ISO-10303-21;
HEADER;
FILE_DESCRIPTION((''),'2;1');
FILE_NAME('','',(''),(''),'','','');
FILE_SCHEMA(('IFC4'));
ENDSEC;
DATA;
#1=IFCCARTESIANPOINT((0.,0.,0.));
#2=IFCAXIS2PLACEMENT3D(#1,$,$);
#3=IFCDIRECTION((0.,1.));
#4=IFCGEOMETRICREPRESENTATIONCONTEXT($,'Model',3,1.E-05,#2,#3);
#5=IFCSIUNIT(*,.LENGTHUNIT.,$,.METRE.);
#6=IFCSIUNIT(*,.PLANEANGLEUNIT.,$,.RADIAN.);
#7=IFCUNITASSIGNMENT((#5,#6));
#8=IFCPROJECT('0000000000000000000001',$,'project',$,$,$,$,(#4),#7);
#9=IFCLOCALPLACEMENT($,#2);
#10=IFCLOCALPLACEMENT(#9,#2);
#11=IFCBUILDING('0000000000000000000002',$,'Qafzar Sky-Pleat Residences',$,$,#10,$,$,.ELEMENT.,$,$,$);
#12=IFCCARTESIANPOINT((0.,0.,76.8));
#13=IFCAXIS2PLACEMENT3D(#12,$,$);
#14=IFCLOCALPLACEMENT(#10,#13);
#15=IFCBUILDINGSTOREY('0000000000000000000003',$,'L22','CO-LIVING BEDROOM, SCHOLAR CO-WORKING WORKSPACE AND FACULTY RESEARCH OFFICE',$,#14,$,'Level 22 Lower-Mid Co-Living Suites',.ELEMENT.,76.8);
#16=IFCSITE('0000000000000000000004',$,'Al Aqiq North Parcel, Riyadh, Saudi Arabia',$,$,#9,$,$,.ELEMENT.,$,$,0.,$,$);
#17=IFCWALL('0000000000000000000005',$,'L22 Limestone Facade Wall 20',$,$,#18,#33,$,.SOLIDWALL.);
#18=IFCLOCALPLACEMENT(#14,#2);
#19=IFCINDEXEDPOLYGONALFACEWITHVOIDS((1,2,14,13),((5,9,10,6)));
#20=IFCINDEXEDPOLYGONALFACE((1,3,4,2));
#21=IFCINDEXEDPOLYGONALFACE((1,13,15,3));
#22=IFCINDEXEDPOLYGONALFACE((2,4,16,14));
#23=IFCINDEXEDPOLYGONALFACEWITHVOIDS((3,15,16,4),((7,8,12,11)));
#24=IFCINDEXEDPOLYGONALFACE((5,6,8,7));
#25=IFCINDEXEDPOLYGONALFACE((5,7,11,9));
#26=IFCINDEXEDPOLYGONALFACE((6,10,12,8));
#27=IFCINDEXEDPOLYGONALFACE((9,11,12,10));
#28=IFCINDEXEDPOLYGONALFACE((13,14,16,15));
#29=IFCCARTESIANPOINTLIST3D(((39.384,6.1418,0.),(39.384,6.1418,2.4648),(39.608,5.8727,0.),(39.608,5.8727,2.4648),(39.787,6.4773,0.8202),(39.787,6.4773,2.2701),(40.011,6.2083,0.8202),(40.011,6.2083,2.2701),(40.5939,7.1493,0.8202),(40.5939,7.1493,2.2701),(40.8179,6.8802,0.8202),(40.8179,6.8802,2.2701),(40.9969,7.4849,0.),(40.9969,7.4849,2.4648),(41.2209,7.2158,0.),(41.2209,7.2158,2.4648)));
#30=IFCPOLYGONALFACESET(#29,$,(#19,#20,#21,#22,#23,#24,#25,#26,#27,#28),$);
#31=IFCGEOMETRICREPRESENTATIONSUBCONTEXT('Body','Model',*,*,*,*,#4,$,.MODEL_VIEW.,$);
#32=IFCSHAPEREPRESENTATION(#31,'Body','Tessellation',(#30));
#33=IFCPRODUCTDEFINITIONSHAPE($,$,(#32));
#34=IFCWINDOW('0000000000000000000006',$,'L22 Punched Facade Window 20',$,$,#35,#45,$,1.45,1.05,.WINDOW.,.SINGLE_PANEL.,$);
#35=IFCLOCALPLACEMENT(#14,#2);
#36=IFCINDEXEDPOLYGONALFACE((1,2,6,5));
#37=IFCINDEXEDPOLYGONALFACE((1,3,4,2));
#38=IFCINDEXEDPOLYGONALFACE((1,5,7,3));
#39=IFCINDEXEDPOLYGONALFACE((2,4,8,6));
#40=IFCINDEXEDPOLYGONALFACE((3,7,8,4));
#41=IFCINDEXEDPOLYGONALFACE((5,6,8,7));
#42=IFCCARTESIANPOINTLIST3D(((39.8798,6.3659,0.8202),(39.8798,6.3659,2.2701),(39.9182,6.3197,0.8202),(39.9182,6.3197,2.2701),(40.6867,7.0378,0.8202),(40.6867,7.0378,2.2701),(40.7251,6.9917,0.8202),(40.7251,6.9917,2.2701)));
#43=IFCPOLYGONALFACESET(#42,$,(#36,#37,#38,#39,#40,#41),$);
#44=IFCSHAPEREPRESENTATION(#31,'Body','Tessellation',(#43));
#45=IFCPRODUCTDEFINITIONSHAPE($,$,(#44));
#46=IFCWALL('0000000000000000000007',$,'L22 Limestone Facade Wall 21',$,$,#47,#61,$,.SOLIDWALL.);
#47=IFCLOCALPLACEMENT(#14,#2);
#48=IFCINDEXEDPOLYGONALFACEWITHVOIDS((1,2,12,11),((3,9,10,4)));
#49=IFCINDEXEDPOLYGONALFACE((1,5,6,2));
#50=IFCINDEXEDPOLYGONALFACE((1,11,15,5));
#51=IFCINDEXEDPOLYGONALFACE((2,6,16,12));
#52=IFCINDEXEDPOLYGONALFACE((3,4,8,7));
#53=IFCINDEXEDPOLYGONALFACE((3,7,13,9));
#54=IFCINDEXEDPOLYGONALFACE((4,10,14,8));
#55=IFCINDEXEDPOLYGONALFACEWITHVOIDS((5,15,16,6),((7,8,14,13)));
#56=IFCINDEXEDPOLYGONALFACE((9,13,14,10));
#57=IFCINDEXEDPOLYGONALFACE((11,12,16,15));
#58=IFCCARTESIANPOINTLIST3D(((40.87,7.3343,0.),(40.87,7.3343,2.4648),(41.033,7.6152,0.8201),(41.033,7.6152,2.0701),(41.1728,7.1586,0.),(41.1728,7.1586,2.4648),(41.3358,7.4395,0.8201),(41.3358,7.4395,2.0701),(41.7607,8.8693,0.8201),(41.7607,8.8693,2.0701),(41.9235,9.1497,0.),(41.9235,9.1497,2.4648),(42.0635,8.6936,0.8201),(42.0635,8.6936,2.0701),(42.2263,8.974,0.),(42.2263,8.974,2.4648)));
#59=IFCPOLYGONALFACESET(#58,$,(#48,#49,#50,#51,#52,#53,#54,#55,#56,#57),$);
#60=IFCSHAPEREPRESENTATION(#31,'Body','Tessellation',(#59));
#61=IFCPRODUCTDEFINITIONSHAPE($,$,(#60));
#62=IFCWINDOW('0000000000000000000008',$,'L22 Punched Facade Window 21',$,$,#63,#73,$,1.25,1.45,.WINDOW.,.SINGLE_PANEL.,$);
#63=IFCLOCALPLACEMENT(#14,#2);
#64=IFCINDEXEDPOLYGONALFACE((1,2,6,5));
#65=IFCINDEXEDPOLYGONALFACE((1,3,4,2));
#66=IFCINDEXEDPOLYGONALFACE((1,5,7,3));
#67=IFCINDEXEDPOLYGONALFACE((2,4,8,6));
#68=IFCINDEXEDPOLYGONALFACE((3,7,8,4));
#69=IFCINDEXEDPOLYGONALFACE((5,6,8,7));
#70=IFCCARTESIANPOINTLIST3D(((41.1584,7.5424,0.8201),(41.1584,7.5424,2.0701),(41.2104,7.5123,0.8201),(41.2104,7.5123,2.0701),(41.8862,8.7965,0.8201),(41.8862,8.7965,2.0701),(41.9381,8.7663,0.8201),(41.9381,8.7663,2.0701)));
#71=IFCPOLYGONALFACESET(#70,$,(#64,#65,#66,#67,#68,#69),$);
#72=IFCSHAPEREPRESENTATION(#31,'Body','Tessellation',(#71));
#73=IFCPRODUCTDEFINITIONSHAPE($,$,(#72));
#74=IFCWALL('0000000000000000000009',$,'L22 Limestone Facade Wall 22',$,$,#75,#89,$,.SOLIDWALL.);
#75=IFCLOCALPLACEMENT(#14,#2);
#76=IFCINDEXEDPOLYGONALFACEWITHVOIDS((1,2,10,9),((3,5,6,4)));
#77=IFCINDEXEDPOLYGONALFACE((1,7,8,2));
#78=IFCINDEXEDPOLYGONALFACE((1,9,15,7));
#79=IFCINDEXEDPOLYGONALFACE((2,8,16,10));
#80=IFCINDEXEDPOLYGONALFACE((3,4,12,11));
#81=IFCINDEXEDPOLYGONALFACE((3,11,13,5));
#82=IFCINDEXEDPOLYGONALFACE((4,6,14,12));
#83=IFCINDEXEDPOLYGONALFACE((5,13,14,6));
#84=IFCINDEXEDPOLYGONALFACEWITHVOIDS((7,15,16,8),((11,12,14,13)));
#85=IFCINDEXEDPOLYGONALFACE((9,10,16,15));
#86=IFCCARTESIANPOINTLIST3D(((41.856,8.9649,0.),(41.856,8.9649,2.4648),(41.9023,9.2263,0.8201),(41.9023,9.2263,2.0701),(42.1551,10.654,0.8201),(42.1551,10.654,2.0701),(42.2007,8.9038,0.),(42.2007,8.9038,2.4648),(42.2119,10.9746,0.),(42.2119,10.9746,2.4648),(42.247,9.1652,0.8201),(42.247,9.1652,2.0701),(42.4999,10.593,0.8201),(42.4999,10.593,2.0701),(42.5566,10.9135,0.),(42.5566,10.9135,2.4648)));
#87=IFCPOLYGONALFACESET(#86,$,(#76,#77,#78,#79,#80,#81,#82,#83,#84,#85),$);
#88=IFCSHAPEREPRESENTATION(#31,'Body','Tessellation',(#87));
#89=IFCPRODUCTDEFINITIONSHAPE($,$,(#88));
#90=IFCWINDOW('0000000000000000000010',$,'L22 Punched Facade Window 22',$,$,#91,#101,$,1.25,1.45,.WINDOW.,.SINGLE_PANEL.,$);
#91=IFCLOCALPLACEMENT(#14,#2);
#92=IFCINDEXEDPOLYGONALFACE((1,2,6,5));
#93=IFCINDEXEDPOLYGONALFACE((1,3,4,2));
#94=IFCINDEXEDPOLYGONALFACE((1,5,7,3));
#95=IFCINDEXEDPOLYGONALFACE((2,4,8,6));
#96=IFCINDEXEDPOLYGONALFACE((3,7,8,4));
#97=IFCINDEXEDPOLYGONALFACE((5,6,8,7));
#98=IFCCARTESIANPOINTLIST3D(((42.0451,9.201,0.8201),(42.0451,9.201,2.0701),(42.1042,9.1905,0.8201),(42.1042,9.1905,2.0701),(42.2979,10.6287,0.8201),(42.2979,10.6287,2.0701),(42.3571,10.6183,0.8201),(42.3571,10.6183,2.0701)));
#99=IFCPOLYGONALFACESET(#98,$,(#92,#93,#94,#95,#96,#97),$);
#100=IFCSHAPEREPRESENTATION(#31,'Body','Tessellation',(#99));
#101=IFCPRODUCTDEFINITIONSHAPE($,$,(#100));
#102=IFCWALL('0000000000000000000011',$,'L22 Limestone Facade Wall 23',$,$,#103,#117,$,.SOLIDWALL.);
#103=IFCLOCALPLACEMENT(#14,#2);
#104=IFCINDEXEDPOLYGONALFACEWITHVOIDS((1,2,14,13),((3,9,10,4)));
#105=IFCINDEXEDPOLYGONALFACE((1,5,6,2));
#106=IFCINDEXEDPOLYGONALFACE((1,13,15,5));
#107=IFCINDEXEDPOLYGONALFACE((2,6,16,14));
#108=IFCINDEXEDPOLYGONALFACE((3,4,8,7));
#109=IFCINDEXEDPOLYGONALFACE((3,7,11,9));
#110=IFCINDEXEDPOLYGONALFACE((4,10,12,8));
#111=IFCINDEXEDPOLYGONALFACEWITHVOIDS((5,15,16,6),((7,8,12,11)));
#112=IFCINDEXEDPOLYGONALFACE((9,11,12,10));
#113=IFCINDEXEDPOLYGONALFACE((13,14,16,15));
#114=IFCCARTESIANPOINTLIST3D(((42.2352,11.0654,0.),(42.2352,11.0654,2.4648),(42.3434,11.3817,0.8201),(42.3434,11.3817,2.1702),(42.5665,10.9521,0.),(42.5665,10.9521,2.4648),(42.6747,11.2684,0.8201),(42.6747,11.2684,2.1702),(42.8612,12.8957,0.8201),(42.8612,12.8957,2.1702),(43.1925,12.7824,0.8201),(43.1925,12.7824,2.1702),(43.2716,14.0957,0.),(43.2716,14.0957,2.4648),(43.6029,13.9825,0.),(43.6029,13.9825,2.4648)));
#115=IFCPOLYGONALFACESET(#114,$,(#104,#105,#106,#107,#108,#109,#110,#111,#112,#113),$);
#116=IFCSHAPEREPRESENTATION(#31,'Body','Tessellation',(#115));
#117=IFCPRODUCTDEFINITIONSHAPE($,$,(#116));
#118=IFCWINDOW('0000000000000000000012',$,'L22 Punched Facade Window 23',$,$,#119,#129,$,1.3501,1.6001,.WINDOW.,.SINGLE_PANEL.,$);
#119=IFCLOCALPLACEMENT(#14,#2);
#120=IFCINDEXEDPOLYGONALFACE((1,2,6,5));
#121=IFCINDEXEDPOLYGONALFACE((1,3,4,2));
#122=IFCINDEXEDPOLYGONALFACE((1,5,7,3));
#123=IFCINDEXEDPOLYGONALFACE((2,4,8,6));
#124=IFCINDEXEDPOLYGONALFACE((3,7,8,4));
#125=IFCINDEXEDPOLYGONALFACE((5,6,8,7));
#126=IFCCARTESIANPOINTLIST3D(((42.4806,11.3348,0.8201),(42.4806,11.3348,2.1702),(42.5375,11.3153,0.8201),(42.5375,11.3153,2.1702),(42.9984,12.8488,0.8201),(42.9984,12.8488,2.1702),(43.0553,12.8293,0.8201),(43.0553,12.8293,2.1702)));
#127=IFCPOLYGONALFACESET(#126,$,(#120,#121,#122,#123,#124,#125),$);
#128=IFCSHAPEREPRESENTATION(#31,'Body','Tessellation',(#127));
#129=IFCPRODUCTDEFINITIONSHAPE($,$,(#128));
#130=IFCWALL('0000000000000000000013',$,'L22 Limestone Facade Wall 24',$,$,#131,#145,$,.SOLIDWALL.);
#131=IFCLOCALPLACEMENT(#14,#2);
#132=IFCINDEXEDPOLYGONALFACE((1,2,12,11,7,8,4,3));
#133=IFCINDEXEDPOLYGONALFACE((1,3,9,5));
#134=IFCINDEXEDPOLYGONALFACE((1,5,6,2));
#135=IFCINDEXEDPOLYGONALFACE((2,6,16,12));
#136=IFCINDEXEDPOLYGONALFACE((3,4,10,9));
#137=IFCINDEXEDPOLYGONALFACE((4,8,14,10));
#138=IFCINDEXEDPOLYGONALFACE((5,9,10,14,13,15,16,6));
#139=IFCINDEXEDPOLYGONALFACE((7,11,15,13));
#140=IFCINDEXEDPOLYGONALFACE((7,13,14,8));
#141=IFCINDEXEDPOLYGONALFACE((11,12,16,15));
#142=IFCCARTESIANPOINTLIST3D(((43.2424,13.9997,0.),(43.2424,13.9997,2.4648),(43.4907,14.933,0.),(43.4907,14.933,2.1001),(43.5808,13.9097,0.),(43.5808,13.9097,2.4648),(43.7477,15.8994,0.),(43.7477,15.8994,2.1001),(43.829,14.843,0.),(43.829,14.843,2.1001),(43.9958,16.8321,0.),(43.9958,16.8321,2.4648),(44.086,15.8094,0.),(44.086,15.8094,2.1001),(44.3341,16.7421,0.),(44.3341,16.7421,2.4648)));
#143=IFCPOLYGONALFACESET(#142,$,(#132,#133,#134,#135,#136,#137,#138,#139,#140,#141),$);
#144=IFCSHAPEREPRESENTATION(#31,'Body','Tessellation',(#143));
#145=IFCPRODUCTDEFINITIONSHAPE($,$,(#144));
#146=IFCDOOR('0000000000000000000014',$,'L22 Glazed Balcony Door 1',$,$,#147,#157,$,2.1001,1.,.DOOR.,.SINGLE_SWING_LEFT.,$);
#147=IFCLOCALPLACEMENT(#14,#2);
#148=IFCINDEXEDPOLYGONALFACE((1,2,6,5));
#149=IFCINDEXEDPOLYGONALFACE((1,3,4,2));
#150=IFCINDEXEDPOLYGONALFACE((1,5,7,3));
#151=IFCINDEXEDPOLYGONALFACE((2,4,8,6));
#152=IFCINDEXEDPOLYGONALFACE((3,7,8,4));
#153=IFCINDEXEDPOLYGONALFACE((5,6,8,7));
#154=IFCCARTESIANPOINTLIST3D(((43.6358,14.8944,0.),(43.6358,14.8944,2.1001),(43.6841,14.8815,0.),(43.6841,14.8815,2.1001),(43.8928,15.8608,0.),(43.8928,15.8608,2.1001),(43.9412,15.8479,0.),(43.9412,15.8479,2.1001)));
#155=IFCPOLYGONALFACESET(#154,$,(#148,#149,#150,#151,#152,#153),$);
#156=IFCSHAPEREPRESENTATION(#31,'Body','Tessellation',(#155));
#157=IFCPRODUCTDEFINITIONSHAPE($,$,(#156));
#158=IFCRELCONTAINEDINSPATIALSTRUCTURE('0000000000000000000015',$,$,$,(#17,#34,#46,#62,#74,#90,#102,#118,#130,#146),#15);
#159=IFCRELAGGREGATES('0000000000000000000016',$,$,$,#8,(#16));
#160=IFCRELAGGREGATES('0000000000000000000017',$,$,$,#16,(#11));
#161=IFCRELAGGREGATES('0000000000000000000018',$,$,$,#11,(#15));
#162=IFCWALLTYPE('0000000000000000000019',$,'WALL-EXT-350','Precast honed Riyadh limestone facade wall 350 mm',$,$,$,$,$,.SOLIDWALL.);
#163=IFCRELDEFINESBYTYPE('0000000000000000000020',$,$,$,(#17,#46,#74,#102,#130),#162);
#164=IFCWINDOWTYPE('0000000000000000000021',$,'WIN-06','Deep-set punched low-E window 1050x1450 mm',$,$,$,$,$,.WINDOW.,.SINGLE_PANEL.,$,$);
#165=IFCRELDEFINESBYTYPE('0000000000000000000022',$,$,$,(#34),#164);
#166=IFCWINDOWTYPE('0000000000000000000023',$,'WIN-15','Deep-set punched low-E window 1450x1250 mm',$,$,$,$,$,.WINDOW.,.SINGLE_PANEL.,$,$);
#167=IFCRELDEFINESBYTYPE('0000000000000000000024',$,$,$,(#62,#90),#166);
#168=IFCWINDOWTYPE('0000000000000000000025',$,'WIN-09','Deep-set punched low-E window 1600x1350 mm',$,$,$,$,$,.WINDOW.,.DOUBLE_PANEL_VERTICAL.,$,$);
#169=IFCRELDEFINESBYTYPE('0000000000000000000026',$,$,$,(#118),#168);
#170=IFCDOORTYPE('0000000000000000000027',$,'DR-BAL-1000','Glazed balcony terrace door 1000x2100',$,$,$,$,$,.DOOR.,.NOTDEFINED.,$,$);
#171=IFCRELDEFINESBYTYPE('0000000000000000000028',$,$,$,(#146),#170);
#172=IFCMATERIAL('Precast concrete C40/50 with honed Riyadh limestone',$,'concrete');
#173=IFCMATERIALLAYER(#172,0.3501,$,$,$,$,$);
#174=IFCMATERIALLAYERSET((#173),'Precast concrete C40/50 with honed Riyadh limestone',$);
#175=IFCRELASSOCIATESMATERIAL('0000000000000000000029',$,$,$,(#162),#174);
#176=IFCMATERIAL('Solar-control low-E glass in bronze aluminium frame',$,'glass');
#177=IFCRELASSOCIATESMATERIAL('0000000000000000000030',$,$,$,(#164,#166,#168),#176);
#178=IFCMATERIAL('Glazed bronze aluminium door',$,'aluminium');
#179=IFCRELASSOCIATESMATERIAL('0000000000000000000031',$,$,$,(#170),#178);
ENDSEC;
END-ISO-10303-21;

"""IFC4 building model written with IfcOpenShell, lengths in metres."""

from ifc_helpers import new_model, si_unit, direction, frame, frame_2d, origin, place, context, subcontext, project, spatial, rectangle, extrude, source, transform, mapped, material, layer, layer_set, type_object, element, fill, save


model = new_model("IFC4")

# Units and contexts
model_context = context("Model", 3, precision=1e-05, world=origin(), true_north=direction((0.0, 1.0)))
body_context = subcontext(model_context, "Body", "Model", "MODEL_VIEW")
ifc_project = project(units=[si_unit("LENGTHUNIT", "METRE"), si_unit("PLANEANGLEUNIT", "RADIAN")], contexts=[model_context])

# Site, building, storey
site_placement = place(None, origin())
site = spatial("IfcSite", under=ifc_project, at=site_placement, Name="Al Aqiq North Parcel, Riyadh, Saudi Arabia", CompositionType="ELEMENT", RefElevation=0.0)
building_placement = place(site_placement, origin())
building = spatial("IfcBuilding", under=site, at=building_placement, Name="Qafzar Sky-Pleat Residences", CompositionType="ELEMENT")
storey_placement = place(building_placement, frame((0.0, 0.0, 76.8)))
storey = spatial("IfcBuildingStorey", under=building, at=storey_placement, Name="L22", Description="CO-LIVING BEDROOM, SCHOLAR CO-WORKING WORKSPACE AND FACULTY RESEARCH OFFICE", LongName="Level 22 Lower-Mid Co-Living Suites", CompositionType="ELEMENT", Elevation=76.8)

# Walls, openings, windows
ifc_material_1 = material(Name="Precast concrete C40/50 with honed Riyadh limestone", Category="concrete")
ifc_layer_1 = layer(ifc_material_1, 0.3501)
ifc_layer_set_1 = layer_set([ifc_layer_1], Name="Precast concrete C40/50 with honed Riyadh limestone")
wall_type_1 = type_object("IfcWallType", Name="WALL-EXT-350", Description="Precast honed Riyadh limestone facade wall 350 mm", PredefinedType="SOLIDWALL", material=ifc_layer_set_1)
ifc_material_2 = material(Name="Solar-control low-E glass in bronze aluminium frame", Category="glass")
window_type_1 = type_object("IfcWindowType", Name="WIN-06", Description="Deep-set punched low-E window 1050x1450 mm", PartitioningType="SINGLE_PANEL", PredefinedType="WINDOW", material=ifc_material_2)
shared_shape_1 = source(origin(), body_context, "Body", "SweptSolid", [
    extrude(rectangle(XDim=1.05, YDim=1.45, at=frame_2d((0.5249, 0.7251))), frame((0.0, 0.03, 0.0), z_axis=(0.0, -1.0, 0.0), x_axis=(1.0, 0.0, 0.0)), (0.0, 0.0, 1.0), 0.0601),
])
wall_1_placement = place(storey_placement, frame((39.4961, 6.0073, 0.0), z_axis=(0.0, 0.0, 1.0), x_axis=(0.76845, 0.63991, 0.0)))
wall_1 = element("IfcWall", 1, at=wall_1_placement, inside=storey, type_object=wall_type_1, Name="L22 Limestone Facade Wall 20", PredefinedType="SOLIDWALL", context=body_context, shape_type="SweptSolid", body=[
    extrude(rectangle(XDim=2.0989, YDim=0.3501, at=frame_2d((1.0493, 0.0))), origin(), (0.0, 0.0, 1.0), 2.4648),
])
opening_1_placement = place(wall_1_placement, frame((0.5244, 0.0, 0.8201)))
opening_1 = element("IfcOpeningElement", 2, at=opening_1_placement, cuts=wall_1, PredefinedType="OPENING", context=body_context, shape_type="SweptSolid", body=[
    extrude(rectangle(XDim=1.05, YDim=1.45, at=frame_2d((0.5249, 0.7251))), frame((0.0, 0.1851, 0.0), z_axis=(0.0, -1.0, 0.0), x_axis=(1.0, 0.0, 0.0)), (0.0, 0.0, 1.0), 0.3701),
])
window_1_placement = place(opening_1_placement, origin())
window_1 = element("IfcWindow", 3, at=window_1_placement, inside=storey, type_object=window_type_1, Name="L22 Punched Facade Window 20", OverallHeight=1.45, OverallWidth=1.05, PartitioningType="SINGLE_PANEL", PredefinedType="WINDOW", context=body_context, shape_type="MappedRepresentation", body=[
    mapped(shared_shape_1, transform((0.0, 0.0, 0.0), x_axis=(1.0, 0.0, 0.0), y_axis=(0.0, 1.0, 0.0), z_axis=(0.0, 0.0, 1.0), scale=1.0)),
])
fill(opening_1, window_1)
wall_2_placement = place(storey_placement, frame((41.0215, 7.2466, 0.0), z_axis=(0.0, 0.0, 1.0), x_axis=(0.501903, 0.864924, 0.0)))
wall_2 = element("IfcWall", 4, at=wall_2_placement, inside=storey, type_object=wall_type_1, Name="L22 Limestone Facade Wall 21", PredefinedType="SOLIDWALL", context=body_context, shape_type="SweptSolid", body=[
    extrude(rectangle(XDim=2.0989, YDim=0.3501, at=frame_2d((1.0493, 0.0))), origin(), (0.0, 0.0, 1.0), 2.4648),
])
opening_2_placement = place(wall_2_placement, frame((0.3245, 0.0, 0.8201)))
opening_2 = element("IfcOpeningElement", 5, at=opening_2_placement, cuts=wall_2, PredefinedType="OPENING", context=body_context, shape_type="SweptSolid", body=[
    extrude(rectangle(XDim=1.45, YDim=1.25, at=frame_2d((0.7251, 0.625))), frame((0.0, 0.1851, 0.0), z_axis=(0.0, -1.0, 0.0), x_axis=(1.0, 0.0, 0.0)), (0.0, 0.0, 1.0), 0.3701),
])
window_type_2 = type_object("IfcWindowType", Name="WIN-15", Description="Deep-set punched low-E window 1450x1250 mm", PartitioningType="SINGLE_PANEL", PredefinedType="WINDOW", material=ifc_material_2)
shared_shape_2 = source(origin(), body_context, "Body", "SweptSolid", [
    extrude(rectangle(XDim=1.45, YDim=1.25, at=frame_2d((0.7251, 0.625))), frame((0.0, 0.03, 0.0), z_axis=(0.0, -1.0, 0.0), x_axis=(1.0, 0.0, 0.0)), (0.0, 0.0, 1.0), 0.0601),
])
window_2_placement = place(opening_2_placement, origin())
window_2 = element("IfcWindow", 6, at=window_2_placement, inside=storey, type_object=window_type_2, Name="L22 Punched Facade Window 21", OverallHeight=1.25, OverallWidth=1.45, PartitioningType="SINGLE_PANEL", PredefinedType="WINDOW", context=body_context, shape_type="MappedRepresentation", body=[
    mapped(shared_shape_2, transform((0.0, 0.0, 0.0), x_axis=(1.0, 0.0, 0.0), y_axis=(0.0, 1.0, 0.0), z_axis=(0.0, 0.0, 1.0), scale=1.0)),
])
fill(opening_2, window_2)
wall_3_placement = place(storey_placement, frame((42.0283, 8.9343, 0.0), z_axis=(0.0, 0.0, 1.0), x_axis=(0.174399, 0.984675, 0.0)))
wall_3 = element("IfcWall", 7, at=wall_3_placement, inside=storey, type_object=wall_type_1, Name="L22 Limestone Facade Wall 22", PredefinedType="SOLIDWALL", context=body_context, shape_type="SweptSolid", body=[
    extrude(rectangle(XDim=2.041, YDim=0.3501, at=frame_2d((1.0205, 0.0))), origin(), (0.0, 0.0, 1.0), 2.4648),
])
opening_3_placement = place(wall_3_placement, frame((0.2654, 0.0, 0.8201)))
opening_3 = element("IfcOpeningElement", 8, at=opening_3_placement, cuts=wall_3, PredefinedType="OPENING", context=body_context, shape_type="SweptSolid", body=[
    extrude(rectangle(XDim=1.45, YDim=1.25, at=frame_2d((0.7251, 0.625))), frame((0.0, 0.1851, 0.0), z_axis=(0.0, -1.0, 0.0), x_axis=(1.0, 0.0, 0.0)), (0.0, 0.0, 1.0), 0.3701),
])
window_3_placement = place(opening_3_placement, origin())
window_3 = element("IfcWindow", 9, at=window_3_placement, inside=storey, type_object=window_type_2, Name="L22 Punched Facade Window 22", OverallHeight=1.25, OverallWidth=1.45, PartitioningType="SINGLE_PANEL", PredefinedType="WINDOW", context=body_context, shape_type="MappedRepresentation", body=[
    mapped(shared_shape_2, transform((0.0, 0.0, 0.0), x_axis=(1.0, 0.0, 0.0), y_axis=(0.0, 1.0, 0.0), z_axis=(0.0, 0.0, 1.0), scale=1.0)),
])
fill(opening_3, window_3)
wall_4_placement = place(storey_placement, frame((42.4009, 11.0088, 0.0), z_axis=(0.0, 0.0, 1.0), x_axis=(0.323605, 0.946192, 0.0)))
wall_4 = element("IfcWall", 10, at=wall_4_placement, inside=storey, type_object=wall_type_1, Name="L22 Limestone Facade Wall 23", PredefinedType="SOLIDWALL", context=body_context, shape_type="SweptSolid", body=[
    extrude(rectangle(XDim=3.2026, YDim=0.3501, at=frame_2d((1.6013, 0.0))), origin(), (0.0, 0.0, 1.0), 2.4648),
])
opening_4_placement = place(wall_4_placement, frame((0.3342, 0.0, 0.8201)))
opening_4 = element("IfcOpeningElement", 11, at=opening_4_placement, cuts=wall_4, PredefinedType="OPENING", context=body_context, shape_type="SweptSolid", body=[
    extrude(rectangle(XDim=1.6001, YDim=1.3501, at=frame_2d((0.8, 0.675))), frame((0.0, 0.1851, 0.0), z_axis=(0.0, -1.0, 0.0), x_axis=(1.0, 0.0, 0.0)), (0.0, 0.0, 1.0), 0.3701),
])
window_type_3 = type_object("IfcWindowType", Name="WIN-09", Description="Deep-set punched low-E window 1600x1350 mm", PartitioningType="DOUBLE_PANEL_VERTICAL", PredefinedType="WINDOW", material=ifc_material_2)
shared_shape_3 = source(origin(), body_context, "Body", "SweptSolid", [
    extrude(rectangle(XDim=1.6001, YDim=1.3501, at=frame_2d((0.8, 0.675))), frame((0.0, 0.03, 0.0), z_axis=(0.0, -1.0, 0.0), x_axis=(1.0, 0.0, 0.0)), (0.0, 0.0, 1.0), 0.0601),
])
window_4_placement = place(opening_4_placement, origin())
window_4 = element("IfcWindow", 12, at=window_4_placement, inside=storey, type_object=window_type_3, Name="L22 Punched Facade Window 23", OverallHeight=1.3501, OverallWidth=1.6001, PartitioningType="SINGLE_PANEL", PredefinedType="WINDOW", context=body_context, shape_type="MappedRepresentation", body=[
    mapped(shared_shape_3, transform((0.0, 0.0, 0.0), x_axis=(1.0, 0.0, 0.0), y_axis=(0.0, 1.0, 0.0), z_axis=(0.0, 0.0, 1.0), scale=1.0)),
])
fill(opening_4, window_4)

# Wall, opening, door
wall_5_placement = place(storey_placement, frame((43.4116, 13.9548, 0.0), z_axis=(0.0, 0.0, 1.0), x_axis=(0.257051, 0.966398, 0.0)))
wall_5 = element("IfcWall", 13, at=wall_5_placement, inside=storey, type_object=wall_type_1, Name="L22 Limestone Facade Wall 24", PredefinedType="SOLIDWALL", context=body_context, shape_type="SweptSolid", body=[
    extrude(rectangle(XDim=2.9309, YDim=0.3501, at=frame_2d((1.4653, 0.0))), origin(), (0.0, 0.0, 1.0), 2.4648),
])
opening_5_placement = place(wall_5_placement, frame((0.9656, 0.0, 0.0)))
opening_5 = element("IfcOpeningElement", 14, at=opening_5_placement, cuts=wall_5, PredefinedType="OPENING", context=body_context, shape_type="SweptSolid", body=[
    extrude(rectangle(XDim=1.0, YDim=2.1001, at=frame_2d((0.5, 1.05))), frame((0.0, 0.1851, 0.0), z_axis=(0.0, -1.0, 0.0), x_axis=(1.0, 0.0, 0.0)), (0.0, 0.0, 1.0), 0.3701),
])
ifc_material_3 = material(Name="Glazed bronze aluminium door", Category="aluminium")
door_type = type_object("IfcDoorType", Name="DR-BAL-1000", Description="Glazed balcony terrace door 1000x2100", OperationType="NOTDEFINED", PredefinedType="DOOR", material=ifc_material_3)
shared_shape_4 = source(origin(), body_context, "Body", "SweptSolid", [
    extrude(rectangle(XDim=1.0, YDim=2.1001, at=frame_2d((0.5, 1.05))), frame((0.0, 0.0249, 0.0), z_axis=(0.0, -1.0, 0.0), x_axis=(1.0, 0.0, 0.0)), (0.0, 0.0, 1.0), 0.05),
])
door_placement = place(opening_5_placement, origin())
door = element("IfcDoor", 15, at=door_placement, inside=storey, type_object=door_type, Name="L22 Glazed Balcony Door 1", OperationType="SINGLE_SWING_LEFT", OverallHeight=2.1001, OverallWidth=1.0, PredefinedType="DOOR", context=body_context, shape_type="MappedRepresentation", body=[
    mapped(shared_shape_4, transform((0.0, 0.0, 0.0), x_axis=(1.0, 0.0, 0.0), y_axis=(0.0, 1.0, 0.0), z_axis=(0.0, 0.0, 1.0), scale=1.0)),
])
fill(opening_5, door)

save(model, "model.ifc")
